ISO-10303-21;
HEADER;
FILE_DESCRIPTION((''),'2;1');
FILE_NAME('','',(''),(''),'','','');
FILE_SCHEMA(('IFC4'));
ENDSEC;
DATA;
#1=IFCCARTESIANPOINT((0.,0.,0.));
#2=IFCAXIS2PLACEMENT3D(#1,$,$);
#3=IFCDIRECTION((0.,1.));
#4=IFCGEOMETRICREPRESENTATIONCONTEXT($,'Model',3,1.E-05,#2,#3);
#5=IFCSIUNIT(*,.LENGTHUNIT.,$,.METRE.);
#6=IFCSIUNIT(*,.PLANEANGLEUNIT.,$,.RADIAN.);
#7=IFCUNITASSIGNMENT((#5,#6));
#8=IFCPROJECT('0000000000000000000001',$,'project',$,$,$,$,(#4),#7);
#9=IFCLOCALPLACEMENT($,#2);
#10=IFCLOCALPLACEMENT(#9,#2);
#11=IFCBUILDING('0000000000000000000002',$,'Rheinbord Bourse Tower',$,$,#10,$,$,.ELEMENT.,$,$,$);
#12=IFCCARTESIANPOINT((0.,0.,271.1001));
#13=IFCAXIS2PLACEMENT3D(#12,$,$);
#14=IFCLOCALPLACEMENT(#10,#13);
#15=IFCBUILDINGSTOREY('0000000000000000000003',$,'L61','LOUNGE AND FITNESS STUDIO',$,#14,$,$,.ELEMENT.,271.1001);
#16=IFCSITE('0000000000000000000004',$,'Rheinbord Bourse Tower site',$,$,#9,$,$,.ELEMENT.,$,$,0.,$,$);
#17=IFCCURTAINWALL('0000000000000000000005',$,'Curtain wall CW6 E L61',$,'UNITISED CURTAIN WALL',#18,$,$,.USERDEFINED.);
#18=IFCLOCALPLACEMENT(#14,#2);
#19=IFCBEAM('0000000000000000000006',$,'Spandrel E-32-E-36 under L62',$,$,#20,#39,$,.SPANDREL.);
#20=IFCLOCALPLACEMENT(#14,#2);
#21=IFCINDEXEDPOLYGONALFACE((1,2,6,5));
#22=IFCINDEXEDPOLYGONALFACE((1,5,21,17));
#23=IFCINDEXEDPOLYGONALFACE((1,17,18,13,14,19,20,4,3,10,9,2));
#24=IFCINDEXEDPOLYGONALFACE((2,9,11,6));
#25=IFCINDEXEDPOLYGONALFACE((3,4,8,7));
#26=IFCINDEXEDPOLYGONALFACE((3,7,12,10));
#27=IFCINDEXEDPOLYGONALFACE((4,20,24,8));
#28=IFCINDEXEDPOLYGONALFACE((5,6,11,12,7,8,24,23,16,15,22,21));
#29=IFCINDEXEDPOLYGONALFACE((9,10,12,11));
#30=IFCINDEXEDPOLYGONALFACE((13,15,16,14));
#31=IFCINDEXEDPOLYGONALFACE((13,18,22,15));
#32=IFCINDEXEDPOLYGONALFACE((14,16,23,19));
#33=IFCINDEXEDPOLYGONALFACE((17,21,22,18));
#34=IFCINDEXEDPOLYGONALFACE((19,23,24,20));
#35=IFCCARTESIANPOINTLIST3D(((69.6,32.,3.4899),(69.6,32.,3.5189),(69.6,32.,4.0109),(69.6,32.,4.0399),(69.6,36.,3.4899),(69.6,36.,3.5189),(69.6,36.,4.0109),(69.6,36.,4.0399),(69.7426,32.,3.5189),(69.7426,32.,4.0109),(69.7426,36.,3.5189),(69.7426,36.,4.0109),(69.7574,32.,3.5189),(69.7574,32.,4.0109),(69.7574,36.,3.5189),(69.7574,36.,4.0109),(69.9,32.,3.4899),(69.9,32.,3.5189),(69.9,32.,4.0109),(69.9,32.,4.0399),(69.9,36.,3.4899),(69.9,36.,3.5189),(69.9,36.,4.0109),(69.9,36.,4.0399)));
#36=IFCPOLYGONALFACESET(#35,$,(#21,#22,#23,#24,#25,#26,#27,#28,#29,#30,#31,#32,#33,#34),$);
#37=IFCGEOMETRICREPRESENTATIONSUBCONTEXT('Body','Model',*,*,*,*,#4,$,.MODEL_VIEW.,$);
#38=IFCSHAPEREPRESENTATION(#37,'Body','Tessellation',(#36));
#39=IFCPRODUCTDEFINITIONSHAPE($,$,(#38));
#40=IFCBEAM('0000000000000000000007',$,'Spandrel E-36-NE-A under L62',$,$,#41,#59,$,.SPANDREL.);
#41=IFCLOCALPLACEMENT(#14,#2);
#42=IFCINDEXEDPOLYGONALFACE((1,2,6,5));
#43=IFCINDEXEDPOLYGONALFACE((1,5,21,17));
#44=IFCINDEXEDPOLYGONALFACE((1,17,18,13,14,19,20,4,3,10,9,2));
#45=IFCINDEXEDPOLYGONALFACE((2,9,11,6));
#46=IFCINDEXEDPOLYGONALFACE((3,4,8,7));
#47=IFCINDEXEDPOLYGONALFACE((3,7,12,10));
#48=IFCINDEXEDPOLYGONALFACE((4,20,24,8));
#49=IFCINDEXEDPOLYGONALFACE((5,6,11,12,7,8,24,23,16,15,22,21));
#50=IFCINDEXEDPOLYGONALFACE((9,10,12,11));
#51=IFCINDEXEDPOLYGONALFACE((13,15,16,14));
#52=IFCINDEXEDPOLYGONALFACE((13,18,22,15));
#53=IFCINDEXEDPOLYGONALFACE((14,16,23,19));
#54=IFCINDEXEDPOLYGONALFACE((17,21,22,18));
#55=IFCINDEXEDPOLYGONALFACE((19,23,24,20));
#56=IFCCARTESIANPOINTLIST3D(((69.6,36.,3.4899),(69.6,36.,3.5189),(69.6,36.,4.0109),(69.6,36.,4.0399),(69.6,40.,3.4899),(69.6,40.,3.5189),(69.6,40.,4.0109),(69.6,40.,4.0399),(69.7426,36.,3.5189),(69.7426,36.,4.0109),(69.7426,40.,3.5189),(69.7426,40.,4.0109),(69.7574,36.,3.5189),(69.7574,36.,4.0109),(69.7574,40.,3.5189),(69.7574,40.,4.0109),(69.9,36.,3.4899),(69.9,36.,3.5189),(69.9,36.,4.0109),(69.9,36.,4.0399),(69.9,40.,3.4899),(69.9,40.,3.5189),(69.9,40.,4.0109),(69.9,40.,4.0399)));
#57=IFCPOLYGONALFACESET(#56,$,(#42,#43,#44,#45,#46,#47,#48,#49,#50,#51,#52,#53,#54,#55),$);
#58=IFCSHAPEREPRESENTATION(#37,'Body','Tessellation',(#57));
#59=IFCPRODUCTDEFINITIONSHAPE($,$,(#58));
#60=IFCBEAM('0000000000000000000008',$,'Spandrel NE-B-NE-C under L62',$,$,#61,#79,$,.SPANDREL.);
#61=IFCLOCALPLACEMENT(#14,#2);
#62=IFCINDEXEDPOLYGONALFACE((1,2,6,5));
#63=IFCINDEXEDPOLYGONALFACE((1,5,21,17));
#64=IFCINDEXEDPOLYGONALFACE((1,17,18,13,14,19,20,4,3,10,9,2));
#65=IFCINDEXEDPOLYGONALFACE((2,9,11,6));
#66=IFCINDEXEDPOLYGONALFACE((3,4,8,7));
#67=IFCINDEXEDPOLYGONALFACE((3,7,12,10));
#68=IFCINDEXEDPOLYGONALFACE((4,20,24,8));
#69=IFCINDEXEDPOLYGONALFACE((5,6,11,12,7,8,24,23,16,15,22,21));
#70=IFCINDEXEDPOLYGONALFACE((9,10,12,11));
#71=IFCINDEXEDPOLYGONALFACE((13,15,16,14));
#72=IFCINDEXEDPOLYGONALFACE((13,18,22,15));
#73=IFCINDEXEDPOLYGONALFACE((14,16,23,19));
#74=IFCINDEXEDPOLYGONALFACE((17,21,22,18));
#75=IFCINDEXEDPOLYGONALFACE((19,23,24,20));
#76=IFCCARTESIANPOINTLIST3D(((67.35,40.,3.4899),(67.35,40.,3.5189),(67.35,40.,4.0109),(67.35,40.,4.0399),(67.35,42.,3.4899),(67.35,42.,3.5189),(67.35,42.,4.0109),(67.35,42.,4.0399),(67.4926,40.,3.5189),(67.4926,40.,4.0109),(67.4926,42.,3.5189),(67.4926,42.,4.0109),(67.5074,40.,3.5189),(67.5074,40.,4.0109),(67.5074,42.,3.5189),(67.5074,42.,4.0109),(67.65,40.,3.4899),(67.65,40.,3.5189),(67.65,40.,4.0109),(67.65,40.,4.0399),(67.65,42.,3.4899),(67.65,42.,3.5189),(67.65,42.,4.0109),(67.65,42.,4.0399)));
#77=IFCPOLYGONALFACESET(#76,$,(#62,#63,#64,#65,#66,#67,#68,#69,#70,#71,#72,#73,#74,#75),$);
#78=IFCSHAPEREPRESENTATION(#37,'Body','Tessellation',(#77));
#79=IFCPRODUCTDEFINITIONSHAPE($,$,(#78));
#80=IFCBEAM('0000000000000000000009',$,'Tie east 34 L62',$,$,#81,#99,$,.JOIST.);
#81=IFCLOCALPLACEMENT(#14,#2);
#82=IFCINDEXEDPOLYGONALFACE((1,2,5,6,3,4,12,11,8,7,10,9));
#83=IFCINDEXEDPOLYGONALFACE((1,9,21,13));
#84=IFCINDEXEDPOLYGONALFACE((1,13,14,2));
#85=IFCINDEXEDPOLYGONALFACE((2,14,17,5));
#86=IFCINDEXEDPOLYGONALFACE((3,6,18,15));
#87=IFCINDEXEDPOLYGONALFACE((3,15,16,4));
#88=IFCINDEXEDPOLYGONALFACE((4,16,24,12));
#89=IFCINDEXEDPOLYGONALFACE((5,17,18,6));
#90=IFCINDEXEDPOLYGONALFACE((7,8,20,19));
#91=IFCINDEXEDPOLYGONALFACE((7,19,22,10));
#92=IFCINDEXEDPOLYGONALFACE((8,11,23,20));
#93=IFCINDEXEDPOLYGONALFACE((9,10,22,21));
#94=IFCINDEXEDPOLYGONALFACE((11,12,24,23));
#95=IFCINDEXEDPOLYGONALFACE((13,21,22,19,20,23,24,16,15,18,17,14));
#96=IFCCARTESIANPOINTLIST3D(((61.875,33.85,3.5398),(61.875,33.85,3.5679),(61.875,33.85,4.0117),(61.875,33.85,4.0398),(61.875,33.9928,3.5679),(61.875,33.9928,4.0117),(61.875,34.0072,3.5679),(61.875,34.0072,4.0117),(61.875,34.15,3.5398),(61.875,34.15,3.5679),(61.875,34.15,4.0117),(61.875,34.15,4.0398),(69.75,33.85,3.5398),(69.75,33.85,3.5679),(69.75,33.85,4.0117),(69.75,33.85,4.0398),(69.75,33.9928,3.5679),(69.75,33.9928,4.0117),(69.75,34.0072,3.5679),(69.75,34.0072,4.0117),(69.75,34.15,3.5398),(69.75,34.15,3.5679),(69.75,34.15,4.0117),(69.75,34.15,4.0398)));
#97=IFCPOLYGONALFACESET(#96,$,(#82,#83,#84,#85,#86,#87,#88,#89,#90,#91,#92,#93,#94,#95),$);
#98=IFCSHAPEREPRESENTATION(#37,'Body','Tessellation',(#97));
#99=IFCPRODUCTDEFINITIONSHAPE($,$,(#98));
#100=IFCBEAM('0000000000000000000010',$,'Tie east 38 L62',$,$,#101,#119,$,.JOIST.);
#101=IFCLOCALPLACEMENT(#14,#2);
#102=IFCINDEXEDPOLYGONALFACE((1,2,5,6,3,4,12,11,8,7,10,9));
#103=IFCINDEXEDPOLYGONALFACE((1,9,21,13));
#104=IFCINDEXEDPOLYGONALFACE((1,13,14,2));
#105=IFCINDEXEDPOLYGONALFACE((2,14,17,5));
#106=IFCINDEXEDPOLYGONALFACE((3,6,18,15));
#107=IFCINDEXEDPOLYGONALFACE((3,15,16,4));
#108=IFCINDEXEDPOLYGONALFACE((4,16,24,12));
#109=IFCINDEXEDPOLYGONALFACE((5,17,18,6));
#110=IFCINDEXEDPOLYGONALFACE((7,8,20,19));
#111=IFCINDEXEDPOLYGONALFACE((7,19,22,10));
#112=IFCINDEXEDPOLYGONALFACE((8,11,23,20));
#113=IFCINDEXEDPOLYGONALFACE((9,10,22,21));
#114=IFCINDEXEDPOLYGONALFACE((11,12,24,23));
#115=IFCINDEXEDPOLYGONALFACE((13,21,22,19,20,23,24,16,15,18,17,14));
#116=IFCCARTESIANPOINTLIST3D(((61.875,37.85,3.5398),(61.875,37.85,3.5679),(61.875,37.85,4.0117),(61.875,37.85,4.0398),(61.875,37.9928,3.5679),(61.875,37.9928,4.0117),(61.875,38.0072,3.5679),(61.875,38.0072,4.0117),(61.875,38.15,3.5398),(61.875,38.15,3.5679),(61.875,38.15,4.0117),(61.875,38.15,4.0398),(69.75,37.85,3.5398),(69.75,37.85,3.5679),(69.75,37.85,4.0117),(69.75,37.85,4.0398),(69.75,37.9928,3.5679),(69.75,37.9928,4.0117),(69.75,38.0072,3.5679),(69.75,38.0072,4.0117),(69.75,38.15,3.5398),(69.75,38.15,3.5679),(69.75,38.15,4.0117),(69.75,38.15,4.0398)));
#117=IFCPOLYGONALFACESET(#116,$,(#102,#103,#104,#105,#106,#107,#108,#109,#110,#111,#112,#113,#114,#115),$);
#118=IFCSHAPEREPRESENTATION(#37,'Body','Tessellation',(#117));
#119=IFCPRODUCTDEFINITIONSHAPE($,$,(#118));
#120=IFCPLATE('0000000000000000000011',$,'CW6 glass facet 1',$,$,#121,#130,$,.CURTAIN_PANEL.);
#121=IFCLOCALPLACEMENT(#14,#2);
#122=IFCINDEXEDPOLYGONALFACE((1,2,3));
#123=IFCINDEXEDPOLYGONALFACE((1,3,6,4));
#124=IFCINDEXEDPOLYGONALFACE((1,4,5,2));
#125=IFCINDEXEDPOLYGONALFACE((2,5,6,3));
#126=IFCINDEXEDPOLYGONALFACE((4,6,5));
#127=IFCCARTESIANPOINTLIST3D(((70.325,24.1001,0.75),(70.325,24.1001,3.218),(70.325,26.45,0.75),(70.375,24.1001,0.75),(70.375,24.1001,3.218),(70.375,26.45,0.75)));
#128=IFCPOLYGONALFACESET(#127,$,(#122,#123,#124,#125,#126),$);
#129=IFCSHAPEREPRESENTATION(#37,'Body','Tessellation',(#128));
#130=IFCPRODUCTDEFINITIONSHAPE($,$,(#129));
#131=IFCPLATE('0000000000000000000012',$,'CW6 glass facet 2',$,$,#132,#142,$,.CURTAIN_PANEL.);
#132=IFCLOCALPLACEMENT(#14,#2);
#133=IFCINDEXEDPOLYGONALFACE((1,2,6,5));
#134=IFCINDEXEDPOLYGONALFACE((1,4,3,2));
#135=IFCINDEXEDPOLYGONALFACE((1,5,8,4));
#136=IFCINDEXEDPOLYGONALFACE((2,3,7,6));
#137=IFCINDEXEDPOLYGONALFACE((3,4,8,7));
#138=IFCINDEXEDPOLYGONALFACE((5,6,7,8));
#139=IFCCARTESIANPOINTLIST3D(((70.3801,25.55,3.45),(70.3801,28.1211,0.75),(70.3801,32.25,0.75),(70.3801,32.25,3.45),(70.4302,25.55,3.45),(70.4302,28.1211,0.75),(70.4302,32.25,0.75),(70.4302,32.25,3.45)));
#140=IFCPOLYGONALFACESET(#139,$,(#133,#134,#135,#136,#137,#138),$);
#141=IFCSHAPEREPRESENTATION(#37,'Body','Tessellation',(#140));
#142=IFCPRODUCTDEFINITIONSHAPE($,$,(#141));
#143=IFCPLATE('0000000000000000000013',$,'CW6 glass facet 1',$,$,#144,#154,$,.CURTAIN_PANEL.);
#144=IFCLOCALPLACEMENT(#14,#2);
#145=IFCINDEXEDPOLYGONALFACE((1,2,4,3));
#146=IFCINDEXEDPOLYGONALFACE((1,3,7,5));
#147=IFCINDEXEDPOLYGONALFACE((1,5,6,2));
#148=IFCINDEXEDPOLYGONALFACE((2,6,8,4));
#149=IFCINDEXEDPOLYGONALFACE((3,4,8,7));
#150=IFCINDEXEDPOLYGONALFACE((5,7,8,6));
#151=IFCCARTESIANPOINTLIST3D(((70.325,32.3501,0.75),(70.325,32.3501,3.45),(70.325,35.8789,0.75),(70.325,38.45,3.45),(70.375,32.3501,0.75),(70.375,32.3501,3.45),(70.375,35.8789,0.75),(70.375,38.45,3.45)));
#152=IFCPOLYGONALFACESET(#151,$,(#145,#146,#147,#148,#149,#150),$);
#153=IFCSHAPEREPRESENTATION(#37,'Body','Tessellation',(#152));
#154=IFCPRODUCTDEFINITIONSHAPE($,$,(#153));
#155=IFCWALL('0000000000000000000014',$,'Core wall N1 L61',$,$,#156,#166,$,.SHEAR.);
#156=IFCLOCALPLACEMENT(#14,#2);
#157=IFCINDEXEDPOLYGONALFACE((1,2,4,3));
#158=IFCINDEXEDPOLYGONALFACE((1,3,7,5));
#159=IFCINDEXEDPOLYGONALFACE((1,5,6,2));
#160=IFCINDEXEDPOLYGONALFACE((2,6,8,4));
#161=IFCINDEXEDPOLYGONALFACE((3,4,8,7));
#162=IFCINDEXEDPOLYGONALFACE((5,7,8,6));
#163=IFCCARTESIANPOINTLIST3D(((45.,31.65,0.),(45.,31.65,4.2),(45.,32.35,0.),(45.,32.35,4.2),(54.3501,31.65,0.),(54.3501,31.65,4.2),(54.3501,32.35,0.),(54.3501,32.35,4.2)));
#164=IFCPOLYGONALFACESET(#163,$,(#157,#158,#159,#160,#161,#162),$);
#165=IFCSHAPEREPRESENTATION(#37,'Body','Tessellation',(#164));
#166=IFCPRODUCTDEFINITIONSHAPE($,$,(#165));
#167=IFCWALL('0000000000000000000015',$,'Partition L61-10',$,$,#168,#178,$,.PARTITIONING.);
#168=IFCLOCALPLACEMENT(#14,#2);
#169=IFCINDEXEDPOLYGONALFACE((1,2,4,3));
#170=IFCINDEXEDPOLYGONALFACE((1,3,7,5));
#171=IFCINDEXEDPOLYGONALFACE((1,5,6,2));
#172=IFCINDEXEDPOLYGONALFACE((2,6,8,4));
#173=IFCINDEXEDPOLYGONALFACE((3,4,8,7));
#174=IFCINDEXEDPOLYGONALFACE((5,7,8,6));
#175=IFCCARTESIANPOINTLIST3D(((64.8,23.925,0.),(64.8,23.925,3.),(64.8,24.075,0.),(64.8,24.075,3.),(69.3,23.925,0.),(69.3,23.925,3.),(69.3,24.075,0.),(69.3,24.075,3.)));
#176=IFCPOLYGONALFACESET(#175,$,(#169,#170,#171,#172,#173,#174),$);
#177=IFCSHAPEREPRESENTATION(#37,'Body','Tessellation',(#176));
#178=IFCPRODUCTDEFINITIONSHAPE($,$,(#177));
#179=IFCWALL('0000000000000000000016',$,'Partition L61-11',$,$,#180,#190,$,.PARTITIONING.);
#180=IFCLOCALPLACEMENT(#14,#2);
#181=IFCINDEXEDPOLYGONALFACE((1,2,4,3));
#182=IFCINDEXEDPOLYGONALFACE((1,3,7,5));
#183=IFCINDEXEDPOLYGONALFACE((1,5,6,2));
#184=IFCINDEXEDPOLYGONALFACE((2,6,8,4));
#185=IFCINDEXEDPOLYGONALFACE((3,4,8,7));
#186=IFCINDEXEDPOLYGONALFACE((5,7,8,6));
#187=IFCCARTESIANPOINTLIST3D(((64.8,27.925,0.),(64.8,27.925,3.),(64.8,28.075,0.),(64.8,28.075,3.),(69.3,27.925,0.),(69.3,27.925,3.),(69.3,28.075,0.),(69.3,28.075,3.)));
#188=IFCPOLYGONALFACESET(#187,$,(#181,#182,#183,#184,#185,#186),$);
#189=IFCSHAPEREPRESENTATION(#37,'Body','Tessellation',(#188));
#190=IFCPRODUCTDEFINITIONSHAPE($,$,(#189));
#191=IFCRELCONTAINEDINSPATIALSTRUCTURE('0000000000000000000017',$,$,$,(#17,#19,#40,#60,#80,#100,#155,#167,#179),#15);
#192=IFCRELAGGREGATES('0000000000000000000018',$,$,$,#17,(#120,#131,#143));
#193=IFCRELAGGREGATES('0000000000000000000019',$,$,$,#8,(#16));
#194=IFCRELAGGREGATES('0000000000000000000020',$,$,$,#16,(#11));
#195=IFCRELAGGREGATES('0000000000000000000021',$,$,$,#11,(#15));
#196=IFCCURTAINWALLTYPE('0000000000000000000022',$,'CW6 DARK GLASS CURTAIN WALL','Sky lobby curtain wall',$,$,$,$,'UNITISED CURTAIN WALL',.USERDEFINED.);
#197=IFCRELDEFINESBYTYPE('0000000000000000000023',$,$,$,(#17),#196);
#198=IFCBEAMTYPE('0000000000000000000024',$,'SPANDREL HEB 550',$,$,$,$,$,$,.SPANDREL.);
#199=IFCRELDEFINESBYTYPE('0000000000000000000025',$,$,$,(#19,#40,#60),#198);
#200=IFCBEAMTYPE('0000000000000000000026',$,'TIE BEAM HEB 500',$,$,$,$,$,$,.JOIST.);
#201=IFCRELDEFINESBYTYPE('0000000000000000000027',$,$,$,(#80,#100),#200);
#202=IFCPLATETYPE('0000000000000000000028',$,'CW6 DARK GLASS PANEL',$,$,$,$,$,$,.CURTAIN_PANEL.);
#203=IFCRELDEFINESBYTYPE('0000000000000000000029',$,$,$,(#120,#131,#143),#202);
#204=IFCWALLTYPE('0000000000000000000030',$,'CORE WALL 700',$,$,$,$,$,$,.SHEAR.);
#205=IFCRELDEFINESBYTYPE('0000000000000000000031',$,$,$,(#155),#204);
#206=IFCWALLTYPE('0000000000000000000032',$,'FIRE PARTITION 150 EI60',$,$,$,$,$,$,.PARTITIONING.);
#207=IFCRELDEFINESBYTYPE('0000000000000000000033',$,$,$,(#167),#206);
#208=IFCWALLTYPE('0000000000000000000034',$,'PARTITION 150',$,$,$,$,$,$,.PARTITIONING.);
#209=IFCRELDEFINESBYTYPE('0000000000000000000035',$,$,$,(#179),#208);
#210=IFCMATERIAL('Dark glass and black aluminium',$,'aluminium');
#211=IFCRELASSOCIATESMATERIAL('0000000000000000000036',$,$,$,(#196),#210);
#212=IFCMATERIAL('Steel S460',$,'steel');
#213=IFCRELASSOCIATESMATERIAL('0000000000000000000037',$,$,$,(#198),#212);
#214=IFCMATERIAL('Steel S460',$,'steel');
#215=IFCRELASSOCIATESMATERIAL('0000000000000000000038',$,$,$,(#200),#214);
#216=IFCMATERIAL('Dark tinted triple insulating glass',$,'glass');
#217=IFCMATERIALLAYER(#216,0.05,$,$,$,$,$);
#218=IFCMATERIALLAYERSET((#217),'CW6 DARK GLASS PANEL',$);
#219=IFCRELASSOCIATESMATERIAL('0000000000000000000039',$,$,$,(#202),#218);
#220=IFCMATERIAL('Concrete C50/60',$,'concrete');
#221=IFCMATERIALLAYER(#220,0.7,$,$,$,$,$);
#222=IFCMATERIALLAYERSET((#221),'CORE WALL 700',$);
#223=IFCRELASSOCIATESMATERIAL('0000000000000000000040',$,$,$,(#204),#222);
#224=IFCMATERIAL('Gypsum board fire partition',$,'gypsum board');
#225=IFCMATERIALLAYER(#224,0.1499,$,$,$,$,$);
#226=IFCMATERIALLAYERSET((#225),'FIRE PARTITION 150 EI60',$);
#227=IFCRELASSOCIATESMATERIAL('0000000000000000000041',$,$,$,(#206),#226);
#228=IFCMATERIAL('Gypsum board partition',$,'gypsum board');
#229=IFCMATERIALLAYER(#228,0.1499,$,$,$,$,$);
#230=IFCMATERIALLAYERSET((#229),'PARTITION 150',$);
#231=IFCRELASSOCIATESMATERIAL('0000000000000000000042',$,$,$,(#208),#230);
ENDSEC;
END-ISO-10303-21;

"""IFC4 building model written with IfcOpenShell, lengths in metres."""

from ifc_helpers import new_model, si_unit, direction, frame, frame_2d, origin, origin_2d, place, context, subcontext, project, spatial, polyline, rectangle, i_section, outline, extrude, material, layer, layer_set, material_profile, profile_set, type_object, element, aggregate, save


model = new_model("IFC4")

# Units and contexts
model_context = context("Model", 3, precision=1e-05, world=origin(), true_north=direction((0.0, 1.0)))
body_context = subcontext(model_context, "Body", "Model", "MODEL_VIEW")
ifc_project = project(units=[si_unit("LENGTHUNIT", "METRE"), si_unit("PLANEANGLEUNIT", "RADIAN")], contexts=[model_context])

# Site, building, storey
site_placement = place(None, origin())
site = spatial("IfcSite", under=ifc_project, at=site_placement, Name="Rheinbord Bourse Tower site", CompositionType="ELEMENT", RefElevation=0.0)
building_placement = place(site_placement, origin())
building = spatial("IfcBuilding", under=site, at=building_placement, Name="Rheinbord Bourse Tower", CompositionType="ELEMENT")
storey_placement = place(building_placement, frame((0.0, 0.0, 271.1001)))
storey = spatial("IfcBuildingStorey", under=building, at=storey_placement, Name="L61", Description="LOUNGE AND FITNESS STUDIO", CompositionType="ELEMENT", Elevation=271.1001)

# Curtain wall
ifc_material_1 = material(Name="Dark glass and black aluminium", Category="aluminium")
curtain_wall_type = type_object("IfcCurtainWallType", Name="CW6 DARK GLASS CURTAIN WALL", Description="Sky lobby curtain wall", ElementType="UNITISED CURTAIN WALL", PredefinedType="USERDEFINED", material=ifc_material_1)
curtain_wall_placement = place(storey_placement, origin())
curtain_wall = element("IfcCurtainWall", 1, at=curtain_wall_placement, inside=storey, type_object=curtain_wall_type, Name="Curtain wall CW6 E L61", ObjectType="UNITISED CURTAIN WALL", PredefinedType="USERDEFINED")

# Beams
ifc_material_2 = material(Name="Steel S460", Category="steel")
ifc_material_profile_1 = material_profile(ifc_material_2, i_section(OverallWidth=0.3, OverallDepth=0.55, WebThickness=0.0149, FlangeThickness=0.0291, at=origin_2d()), Name="HEB 550")
ifc_profile_set_1 = profile_set([ifc_material_profile_1], Name="Steel S460")
beam_type_1 = type_object("IfcBeamType", Name="SPANDREL HEB 550", PredefinedType="SPANDREL", material=ifc_profile_set_1)
for number, where, z_axis, x_axis, name in (
    (2, (69.75, 32.0, 3.7649), (0.0, 1.0, 0.0), (-1.0, 0.0, 0.0), "Spandrel E-32-E-36 under L62"),
    (3, (69.75, 36.0, 3.7649), (0.0, 1.0, 0.0), (-1.0, 0.0, 0.0), "Spandrel E-36-NE-A under L62"),
):
    element("IfcBeam", number, at=place(storey_placement, frame(where, z_axis=z_axis, x_axis=x_axis)), inside=storey, type_object=beam_type_1, Name=name, PredefinedType="SPANDREL", context=body_context, shape_type="SweptSolid", body=[
        extrude(i_section(OverallWidth=0.3, OverallDepth=0.55, WebThickness=0.0149, FlangeThickness=0.0291, at=origin_2d()), origin(), (0.0, 0.0, 1.0), 4.0),
    ])
beam_1_placement = place(storey_placement, frame((67.5, 40.0, 3.7649), z_axis=(0.0, 1.0, 0.0), x_axis=(-1.0, 0.0, 0.0)))
element("IfcBeam", 4, at=beam_1_placement, inside=storey, type_object=beam_type_1, Name="Spandrel NE-B-NE-C under L62", PredefinedType="SPANDREL", context=body_context, shape_type="SweptSolid", body=[
    extrude(i_section(OverallWidth=0.3, OverallDepth=0.55, WebThickness=0.0149, FlangeThickness=0.0291, at=origin_2d()), origin(), (0.0, 0.0, 1.0), 2.0),
])
ifc_material_3 = material(Name="Steel S460", Category="steel")
ifc_material_profile_2 = material_profile(ifc_material_3, i_section(OverallWidth=0.3, OverallDepth=0.5, WebThickness=0.0144, FlangeThickness=0.0281, at=origin_2d()), Name="HEB 500")
ifc_profile_set_2 = profile_set([ifc_material_profile_2], Name="Steel S460")
beam_type_2 = type_object("IfcBeamType", Name="TIE BEAM HEB 500", PredefinedType="JOIST", material=ifc_profile_set_2)
for number, where, z_axis, x_axis, name in (
    (5, (61.875, 34.0, 3.7898), (1.0, 0.0, 0.0), (0.0, 1.0, 0.0), "Tie east 34 L62"),
    (6, (61.875, 38.0, 3.7898), (1.0, 0.0, 0.0), (0.0, 1.0, 0.0), "Tie east 38 L62"),
):
    element("IfcBeam", number, at=place(storey_placement, frame(where, z_axis=z_axis, x_axis=x_axis)), inside=storey, type_object=beam_type_2, Name=name, PredefinedType="JOIST", context=body_context, shape_type="SweptSolid", body=[
        extrude(i_section(OverallWidth=0.3, OverallDepth=0.5, WebThickness=0.0144, FlangeThickness=0.0281, at=origin_2d()), origin(), (0.0, 0.0, 1.0), 7.875),
    ])

# Plates
ifc_material_4 = material(Name="Dark tinted triple insulating glass", Category="glass")
ifc_layer_1 = layer(ifc_material_4, 0.05)
ifc_layer_set_1 = layer_set([ifc_layer_1], Name="CW6 DARK GLASS PANEL")
plate_type = type_object("IfcPlateType", Name="CW6 DARK GLASS PANEL", PredefinedType="CURTAIN_PANEL", material=ifc_layer_set_1)
plate_1_placement = place(storey_placement, frame((70.375, 24.1001, 0.75), z_axis=(-1.0, 0.0, 0.0), x_axis=(0.0, 0.0, 1.0)))
plate_1 = element("IfcPlate", 7, at=plate_1_placement, type_object=plate_type, Name="CW6 glass facet 1", PredefinedType="CURTAIN_PANEL", context=body_context, shape_type="SweptSolid", body=[
    extrude(outline(polyline([(0.0, 0.0), (2.468, 0.0), (0.0, 2.3499), (0.0, 0.0)])), origin(), (0.0, 0.0, 1.0), 0.05),
])
plate_2_placement = place(storey_placement, frame((70.4302, 32.25, 3.45), z_axis=(-1.0, 0.0, 0.0), x_axis=(0.0, 0.0, -1.0)))
plate_2 = element("IfcPlate", 8, at=plate_2_placement, type_object=plate_type, Name="CW6 glass facet 2", PredefinedType="CURTAIN_PANEL", context=body_context, shape_type="SweptSolid", body=[
    extrude(outline(polyline([(0.0, 0.0), (2.7, 0.0), (2.7, 4.1289), (0.0, 6.7), (0.0, 0.0)])), origin(), (0.0, 0.0, 1.0), 0.05),
])
plate_3_placement = place(storey_placement, frame((70.375, 32.3501, 0.75), z_axis=(-1.0, 0.0, 0.0), x_axis=(0.0, 0.0, 1.0)))
plate_3 = element("IfcPlate", 9, at=plate_3_placement, type_object=plate_type, Name="CW6 glass facet 1", PredefinedType="CURTAIN_PANEL", context=body_context, shape_type="SweptSolid", body=[
    extrude(outline(polyline([(0.0, 0.0), (2.7, 0.0), (2.7, 6.0999), (0.0, 3.5288), (0.0, 0.0)])), origin(), (0.0, 0.0, 1.0), 0.05),
])
aggregate(curtain_wall, [plate_1, plate_2, plate_3])

# Walls
ifc_material_5 = material(Name="Concrete C50/60", Category="concrete")
ifc_layer_2 = layer(ifc_material_5, 0.7)
ifc_layer_set_2 = layer_set([ifc_layer_2], Name="CORE WALL 700")
wall_type_1 = type_object("IfcWallType", Name="CORE WALL 700", PredefinedType="SHEAR", material=ifc_layer_set_2)
wall_1_placement = place(storey_placement, frame((54.3501, 32.0, 0.0), z_axis=(0.0, 0.0, 1.0), x_axis=(-1.0, 0.0, 0.0)))
element("IfcWall", 10, at=wall_1_placement, inside=storey, type_object=wall_type_1, Name="Core wall N1 L61", PredefinedType="SHEAR", context=body_context, shape_type="SweptSolid", body=[
    extrude(rectangle(XDim=9.3501, YDim=0.7, at=frame_2d((4.675, 0.0))), origin(), (0.0, 0.0, 1.0), 4.2),
])
ifc_material_6 = material(Name="Gypsum board fire partition", Category="gypsum board")
ifc_layer_3 = layer(ifc_material_6, 0.1499)
ifc_layer_set_3 = layer_set([ifc_layer_3], Name="FIRE PARTITION 150 EI60")
wall_type_2 = type_object("IfcWallType", Name="FIRE PARTITION 150 EI60", PredefinedType="PARTITIONING", material=ifc_layer_set_3)
wall_2_placement = place(storey_placement, frame((64.8, 24.0, 0.0), z_axis=(0.0, 0.0, 1.0), x_axis=(1.0, 0.0, 0.0)))
element("IfcWall", 11, at=wall_2_placement, inside=storey, type_object=wall_type_2, Name="Partition L61-10", PredefinedType="PARTITIONING", context=body_context, shape_type="SweptSolid", body=[
    extrude(rectangle(XDim=4.5, YDim=0.1499, at=frame_2d((2.25, 0.0))), origin(), (0.0, 0.0, 1.0), 3.0),
])
ifc_material_7 = material(Name="Gypsum board partition", Category="gypsum board")
ifc_layer_4 = layer(ifc_material_7, 0.1499)
ifc_layer_set_4 = layer_set([ifc_layer_4], Name="PARTITION 150")
wall_type_3 = type_object("IfcWallType", Name="PARTITION 150", PredefinedType="PARTITIONING", material=ifc_layer_set_4)
for number, where, z_axis, x_axis, name in (
    (12, (64.8, 28.0, 0.0), (0.0, 0.0, 1.0), (1.0, 0.0, 0.0), "Partition L61-11"),
):
    element("IfcWall", number, at=place(storey_placement, frame(where, z_axis=z_axis, x_axis=x_axis)), inside=storey, type_object=wall_type_3, Name=name, PredefinedType="PARTITIONING", context=body_context, shape_type="SweptSolid", body=[
        extrude(rectangle(XDim=4.5, YDim=0.1499, at=frame_2d((2.25, 0.0))), origin(), (0.0, 0.0, 1.0), 3.0),
    ])

save(model, "model.ifc")
